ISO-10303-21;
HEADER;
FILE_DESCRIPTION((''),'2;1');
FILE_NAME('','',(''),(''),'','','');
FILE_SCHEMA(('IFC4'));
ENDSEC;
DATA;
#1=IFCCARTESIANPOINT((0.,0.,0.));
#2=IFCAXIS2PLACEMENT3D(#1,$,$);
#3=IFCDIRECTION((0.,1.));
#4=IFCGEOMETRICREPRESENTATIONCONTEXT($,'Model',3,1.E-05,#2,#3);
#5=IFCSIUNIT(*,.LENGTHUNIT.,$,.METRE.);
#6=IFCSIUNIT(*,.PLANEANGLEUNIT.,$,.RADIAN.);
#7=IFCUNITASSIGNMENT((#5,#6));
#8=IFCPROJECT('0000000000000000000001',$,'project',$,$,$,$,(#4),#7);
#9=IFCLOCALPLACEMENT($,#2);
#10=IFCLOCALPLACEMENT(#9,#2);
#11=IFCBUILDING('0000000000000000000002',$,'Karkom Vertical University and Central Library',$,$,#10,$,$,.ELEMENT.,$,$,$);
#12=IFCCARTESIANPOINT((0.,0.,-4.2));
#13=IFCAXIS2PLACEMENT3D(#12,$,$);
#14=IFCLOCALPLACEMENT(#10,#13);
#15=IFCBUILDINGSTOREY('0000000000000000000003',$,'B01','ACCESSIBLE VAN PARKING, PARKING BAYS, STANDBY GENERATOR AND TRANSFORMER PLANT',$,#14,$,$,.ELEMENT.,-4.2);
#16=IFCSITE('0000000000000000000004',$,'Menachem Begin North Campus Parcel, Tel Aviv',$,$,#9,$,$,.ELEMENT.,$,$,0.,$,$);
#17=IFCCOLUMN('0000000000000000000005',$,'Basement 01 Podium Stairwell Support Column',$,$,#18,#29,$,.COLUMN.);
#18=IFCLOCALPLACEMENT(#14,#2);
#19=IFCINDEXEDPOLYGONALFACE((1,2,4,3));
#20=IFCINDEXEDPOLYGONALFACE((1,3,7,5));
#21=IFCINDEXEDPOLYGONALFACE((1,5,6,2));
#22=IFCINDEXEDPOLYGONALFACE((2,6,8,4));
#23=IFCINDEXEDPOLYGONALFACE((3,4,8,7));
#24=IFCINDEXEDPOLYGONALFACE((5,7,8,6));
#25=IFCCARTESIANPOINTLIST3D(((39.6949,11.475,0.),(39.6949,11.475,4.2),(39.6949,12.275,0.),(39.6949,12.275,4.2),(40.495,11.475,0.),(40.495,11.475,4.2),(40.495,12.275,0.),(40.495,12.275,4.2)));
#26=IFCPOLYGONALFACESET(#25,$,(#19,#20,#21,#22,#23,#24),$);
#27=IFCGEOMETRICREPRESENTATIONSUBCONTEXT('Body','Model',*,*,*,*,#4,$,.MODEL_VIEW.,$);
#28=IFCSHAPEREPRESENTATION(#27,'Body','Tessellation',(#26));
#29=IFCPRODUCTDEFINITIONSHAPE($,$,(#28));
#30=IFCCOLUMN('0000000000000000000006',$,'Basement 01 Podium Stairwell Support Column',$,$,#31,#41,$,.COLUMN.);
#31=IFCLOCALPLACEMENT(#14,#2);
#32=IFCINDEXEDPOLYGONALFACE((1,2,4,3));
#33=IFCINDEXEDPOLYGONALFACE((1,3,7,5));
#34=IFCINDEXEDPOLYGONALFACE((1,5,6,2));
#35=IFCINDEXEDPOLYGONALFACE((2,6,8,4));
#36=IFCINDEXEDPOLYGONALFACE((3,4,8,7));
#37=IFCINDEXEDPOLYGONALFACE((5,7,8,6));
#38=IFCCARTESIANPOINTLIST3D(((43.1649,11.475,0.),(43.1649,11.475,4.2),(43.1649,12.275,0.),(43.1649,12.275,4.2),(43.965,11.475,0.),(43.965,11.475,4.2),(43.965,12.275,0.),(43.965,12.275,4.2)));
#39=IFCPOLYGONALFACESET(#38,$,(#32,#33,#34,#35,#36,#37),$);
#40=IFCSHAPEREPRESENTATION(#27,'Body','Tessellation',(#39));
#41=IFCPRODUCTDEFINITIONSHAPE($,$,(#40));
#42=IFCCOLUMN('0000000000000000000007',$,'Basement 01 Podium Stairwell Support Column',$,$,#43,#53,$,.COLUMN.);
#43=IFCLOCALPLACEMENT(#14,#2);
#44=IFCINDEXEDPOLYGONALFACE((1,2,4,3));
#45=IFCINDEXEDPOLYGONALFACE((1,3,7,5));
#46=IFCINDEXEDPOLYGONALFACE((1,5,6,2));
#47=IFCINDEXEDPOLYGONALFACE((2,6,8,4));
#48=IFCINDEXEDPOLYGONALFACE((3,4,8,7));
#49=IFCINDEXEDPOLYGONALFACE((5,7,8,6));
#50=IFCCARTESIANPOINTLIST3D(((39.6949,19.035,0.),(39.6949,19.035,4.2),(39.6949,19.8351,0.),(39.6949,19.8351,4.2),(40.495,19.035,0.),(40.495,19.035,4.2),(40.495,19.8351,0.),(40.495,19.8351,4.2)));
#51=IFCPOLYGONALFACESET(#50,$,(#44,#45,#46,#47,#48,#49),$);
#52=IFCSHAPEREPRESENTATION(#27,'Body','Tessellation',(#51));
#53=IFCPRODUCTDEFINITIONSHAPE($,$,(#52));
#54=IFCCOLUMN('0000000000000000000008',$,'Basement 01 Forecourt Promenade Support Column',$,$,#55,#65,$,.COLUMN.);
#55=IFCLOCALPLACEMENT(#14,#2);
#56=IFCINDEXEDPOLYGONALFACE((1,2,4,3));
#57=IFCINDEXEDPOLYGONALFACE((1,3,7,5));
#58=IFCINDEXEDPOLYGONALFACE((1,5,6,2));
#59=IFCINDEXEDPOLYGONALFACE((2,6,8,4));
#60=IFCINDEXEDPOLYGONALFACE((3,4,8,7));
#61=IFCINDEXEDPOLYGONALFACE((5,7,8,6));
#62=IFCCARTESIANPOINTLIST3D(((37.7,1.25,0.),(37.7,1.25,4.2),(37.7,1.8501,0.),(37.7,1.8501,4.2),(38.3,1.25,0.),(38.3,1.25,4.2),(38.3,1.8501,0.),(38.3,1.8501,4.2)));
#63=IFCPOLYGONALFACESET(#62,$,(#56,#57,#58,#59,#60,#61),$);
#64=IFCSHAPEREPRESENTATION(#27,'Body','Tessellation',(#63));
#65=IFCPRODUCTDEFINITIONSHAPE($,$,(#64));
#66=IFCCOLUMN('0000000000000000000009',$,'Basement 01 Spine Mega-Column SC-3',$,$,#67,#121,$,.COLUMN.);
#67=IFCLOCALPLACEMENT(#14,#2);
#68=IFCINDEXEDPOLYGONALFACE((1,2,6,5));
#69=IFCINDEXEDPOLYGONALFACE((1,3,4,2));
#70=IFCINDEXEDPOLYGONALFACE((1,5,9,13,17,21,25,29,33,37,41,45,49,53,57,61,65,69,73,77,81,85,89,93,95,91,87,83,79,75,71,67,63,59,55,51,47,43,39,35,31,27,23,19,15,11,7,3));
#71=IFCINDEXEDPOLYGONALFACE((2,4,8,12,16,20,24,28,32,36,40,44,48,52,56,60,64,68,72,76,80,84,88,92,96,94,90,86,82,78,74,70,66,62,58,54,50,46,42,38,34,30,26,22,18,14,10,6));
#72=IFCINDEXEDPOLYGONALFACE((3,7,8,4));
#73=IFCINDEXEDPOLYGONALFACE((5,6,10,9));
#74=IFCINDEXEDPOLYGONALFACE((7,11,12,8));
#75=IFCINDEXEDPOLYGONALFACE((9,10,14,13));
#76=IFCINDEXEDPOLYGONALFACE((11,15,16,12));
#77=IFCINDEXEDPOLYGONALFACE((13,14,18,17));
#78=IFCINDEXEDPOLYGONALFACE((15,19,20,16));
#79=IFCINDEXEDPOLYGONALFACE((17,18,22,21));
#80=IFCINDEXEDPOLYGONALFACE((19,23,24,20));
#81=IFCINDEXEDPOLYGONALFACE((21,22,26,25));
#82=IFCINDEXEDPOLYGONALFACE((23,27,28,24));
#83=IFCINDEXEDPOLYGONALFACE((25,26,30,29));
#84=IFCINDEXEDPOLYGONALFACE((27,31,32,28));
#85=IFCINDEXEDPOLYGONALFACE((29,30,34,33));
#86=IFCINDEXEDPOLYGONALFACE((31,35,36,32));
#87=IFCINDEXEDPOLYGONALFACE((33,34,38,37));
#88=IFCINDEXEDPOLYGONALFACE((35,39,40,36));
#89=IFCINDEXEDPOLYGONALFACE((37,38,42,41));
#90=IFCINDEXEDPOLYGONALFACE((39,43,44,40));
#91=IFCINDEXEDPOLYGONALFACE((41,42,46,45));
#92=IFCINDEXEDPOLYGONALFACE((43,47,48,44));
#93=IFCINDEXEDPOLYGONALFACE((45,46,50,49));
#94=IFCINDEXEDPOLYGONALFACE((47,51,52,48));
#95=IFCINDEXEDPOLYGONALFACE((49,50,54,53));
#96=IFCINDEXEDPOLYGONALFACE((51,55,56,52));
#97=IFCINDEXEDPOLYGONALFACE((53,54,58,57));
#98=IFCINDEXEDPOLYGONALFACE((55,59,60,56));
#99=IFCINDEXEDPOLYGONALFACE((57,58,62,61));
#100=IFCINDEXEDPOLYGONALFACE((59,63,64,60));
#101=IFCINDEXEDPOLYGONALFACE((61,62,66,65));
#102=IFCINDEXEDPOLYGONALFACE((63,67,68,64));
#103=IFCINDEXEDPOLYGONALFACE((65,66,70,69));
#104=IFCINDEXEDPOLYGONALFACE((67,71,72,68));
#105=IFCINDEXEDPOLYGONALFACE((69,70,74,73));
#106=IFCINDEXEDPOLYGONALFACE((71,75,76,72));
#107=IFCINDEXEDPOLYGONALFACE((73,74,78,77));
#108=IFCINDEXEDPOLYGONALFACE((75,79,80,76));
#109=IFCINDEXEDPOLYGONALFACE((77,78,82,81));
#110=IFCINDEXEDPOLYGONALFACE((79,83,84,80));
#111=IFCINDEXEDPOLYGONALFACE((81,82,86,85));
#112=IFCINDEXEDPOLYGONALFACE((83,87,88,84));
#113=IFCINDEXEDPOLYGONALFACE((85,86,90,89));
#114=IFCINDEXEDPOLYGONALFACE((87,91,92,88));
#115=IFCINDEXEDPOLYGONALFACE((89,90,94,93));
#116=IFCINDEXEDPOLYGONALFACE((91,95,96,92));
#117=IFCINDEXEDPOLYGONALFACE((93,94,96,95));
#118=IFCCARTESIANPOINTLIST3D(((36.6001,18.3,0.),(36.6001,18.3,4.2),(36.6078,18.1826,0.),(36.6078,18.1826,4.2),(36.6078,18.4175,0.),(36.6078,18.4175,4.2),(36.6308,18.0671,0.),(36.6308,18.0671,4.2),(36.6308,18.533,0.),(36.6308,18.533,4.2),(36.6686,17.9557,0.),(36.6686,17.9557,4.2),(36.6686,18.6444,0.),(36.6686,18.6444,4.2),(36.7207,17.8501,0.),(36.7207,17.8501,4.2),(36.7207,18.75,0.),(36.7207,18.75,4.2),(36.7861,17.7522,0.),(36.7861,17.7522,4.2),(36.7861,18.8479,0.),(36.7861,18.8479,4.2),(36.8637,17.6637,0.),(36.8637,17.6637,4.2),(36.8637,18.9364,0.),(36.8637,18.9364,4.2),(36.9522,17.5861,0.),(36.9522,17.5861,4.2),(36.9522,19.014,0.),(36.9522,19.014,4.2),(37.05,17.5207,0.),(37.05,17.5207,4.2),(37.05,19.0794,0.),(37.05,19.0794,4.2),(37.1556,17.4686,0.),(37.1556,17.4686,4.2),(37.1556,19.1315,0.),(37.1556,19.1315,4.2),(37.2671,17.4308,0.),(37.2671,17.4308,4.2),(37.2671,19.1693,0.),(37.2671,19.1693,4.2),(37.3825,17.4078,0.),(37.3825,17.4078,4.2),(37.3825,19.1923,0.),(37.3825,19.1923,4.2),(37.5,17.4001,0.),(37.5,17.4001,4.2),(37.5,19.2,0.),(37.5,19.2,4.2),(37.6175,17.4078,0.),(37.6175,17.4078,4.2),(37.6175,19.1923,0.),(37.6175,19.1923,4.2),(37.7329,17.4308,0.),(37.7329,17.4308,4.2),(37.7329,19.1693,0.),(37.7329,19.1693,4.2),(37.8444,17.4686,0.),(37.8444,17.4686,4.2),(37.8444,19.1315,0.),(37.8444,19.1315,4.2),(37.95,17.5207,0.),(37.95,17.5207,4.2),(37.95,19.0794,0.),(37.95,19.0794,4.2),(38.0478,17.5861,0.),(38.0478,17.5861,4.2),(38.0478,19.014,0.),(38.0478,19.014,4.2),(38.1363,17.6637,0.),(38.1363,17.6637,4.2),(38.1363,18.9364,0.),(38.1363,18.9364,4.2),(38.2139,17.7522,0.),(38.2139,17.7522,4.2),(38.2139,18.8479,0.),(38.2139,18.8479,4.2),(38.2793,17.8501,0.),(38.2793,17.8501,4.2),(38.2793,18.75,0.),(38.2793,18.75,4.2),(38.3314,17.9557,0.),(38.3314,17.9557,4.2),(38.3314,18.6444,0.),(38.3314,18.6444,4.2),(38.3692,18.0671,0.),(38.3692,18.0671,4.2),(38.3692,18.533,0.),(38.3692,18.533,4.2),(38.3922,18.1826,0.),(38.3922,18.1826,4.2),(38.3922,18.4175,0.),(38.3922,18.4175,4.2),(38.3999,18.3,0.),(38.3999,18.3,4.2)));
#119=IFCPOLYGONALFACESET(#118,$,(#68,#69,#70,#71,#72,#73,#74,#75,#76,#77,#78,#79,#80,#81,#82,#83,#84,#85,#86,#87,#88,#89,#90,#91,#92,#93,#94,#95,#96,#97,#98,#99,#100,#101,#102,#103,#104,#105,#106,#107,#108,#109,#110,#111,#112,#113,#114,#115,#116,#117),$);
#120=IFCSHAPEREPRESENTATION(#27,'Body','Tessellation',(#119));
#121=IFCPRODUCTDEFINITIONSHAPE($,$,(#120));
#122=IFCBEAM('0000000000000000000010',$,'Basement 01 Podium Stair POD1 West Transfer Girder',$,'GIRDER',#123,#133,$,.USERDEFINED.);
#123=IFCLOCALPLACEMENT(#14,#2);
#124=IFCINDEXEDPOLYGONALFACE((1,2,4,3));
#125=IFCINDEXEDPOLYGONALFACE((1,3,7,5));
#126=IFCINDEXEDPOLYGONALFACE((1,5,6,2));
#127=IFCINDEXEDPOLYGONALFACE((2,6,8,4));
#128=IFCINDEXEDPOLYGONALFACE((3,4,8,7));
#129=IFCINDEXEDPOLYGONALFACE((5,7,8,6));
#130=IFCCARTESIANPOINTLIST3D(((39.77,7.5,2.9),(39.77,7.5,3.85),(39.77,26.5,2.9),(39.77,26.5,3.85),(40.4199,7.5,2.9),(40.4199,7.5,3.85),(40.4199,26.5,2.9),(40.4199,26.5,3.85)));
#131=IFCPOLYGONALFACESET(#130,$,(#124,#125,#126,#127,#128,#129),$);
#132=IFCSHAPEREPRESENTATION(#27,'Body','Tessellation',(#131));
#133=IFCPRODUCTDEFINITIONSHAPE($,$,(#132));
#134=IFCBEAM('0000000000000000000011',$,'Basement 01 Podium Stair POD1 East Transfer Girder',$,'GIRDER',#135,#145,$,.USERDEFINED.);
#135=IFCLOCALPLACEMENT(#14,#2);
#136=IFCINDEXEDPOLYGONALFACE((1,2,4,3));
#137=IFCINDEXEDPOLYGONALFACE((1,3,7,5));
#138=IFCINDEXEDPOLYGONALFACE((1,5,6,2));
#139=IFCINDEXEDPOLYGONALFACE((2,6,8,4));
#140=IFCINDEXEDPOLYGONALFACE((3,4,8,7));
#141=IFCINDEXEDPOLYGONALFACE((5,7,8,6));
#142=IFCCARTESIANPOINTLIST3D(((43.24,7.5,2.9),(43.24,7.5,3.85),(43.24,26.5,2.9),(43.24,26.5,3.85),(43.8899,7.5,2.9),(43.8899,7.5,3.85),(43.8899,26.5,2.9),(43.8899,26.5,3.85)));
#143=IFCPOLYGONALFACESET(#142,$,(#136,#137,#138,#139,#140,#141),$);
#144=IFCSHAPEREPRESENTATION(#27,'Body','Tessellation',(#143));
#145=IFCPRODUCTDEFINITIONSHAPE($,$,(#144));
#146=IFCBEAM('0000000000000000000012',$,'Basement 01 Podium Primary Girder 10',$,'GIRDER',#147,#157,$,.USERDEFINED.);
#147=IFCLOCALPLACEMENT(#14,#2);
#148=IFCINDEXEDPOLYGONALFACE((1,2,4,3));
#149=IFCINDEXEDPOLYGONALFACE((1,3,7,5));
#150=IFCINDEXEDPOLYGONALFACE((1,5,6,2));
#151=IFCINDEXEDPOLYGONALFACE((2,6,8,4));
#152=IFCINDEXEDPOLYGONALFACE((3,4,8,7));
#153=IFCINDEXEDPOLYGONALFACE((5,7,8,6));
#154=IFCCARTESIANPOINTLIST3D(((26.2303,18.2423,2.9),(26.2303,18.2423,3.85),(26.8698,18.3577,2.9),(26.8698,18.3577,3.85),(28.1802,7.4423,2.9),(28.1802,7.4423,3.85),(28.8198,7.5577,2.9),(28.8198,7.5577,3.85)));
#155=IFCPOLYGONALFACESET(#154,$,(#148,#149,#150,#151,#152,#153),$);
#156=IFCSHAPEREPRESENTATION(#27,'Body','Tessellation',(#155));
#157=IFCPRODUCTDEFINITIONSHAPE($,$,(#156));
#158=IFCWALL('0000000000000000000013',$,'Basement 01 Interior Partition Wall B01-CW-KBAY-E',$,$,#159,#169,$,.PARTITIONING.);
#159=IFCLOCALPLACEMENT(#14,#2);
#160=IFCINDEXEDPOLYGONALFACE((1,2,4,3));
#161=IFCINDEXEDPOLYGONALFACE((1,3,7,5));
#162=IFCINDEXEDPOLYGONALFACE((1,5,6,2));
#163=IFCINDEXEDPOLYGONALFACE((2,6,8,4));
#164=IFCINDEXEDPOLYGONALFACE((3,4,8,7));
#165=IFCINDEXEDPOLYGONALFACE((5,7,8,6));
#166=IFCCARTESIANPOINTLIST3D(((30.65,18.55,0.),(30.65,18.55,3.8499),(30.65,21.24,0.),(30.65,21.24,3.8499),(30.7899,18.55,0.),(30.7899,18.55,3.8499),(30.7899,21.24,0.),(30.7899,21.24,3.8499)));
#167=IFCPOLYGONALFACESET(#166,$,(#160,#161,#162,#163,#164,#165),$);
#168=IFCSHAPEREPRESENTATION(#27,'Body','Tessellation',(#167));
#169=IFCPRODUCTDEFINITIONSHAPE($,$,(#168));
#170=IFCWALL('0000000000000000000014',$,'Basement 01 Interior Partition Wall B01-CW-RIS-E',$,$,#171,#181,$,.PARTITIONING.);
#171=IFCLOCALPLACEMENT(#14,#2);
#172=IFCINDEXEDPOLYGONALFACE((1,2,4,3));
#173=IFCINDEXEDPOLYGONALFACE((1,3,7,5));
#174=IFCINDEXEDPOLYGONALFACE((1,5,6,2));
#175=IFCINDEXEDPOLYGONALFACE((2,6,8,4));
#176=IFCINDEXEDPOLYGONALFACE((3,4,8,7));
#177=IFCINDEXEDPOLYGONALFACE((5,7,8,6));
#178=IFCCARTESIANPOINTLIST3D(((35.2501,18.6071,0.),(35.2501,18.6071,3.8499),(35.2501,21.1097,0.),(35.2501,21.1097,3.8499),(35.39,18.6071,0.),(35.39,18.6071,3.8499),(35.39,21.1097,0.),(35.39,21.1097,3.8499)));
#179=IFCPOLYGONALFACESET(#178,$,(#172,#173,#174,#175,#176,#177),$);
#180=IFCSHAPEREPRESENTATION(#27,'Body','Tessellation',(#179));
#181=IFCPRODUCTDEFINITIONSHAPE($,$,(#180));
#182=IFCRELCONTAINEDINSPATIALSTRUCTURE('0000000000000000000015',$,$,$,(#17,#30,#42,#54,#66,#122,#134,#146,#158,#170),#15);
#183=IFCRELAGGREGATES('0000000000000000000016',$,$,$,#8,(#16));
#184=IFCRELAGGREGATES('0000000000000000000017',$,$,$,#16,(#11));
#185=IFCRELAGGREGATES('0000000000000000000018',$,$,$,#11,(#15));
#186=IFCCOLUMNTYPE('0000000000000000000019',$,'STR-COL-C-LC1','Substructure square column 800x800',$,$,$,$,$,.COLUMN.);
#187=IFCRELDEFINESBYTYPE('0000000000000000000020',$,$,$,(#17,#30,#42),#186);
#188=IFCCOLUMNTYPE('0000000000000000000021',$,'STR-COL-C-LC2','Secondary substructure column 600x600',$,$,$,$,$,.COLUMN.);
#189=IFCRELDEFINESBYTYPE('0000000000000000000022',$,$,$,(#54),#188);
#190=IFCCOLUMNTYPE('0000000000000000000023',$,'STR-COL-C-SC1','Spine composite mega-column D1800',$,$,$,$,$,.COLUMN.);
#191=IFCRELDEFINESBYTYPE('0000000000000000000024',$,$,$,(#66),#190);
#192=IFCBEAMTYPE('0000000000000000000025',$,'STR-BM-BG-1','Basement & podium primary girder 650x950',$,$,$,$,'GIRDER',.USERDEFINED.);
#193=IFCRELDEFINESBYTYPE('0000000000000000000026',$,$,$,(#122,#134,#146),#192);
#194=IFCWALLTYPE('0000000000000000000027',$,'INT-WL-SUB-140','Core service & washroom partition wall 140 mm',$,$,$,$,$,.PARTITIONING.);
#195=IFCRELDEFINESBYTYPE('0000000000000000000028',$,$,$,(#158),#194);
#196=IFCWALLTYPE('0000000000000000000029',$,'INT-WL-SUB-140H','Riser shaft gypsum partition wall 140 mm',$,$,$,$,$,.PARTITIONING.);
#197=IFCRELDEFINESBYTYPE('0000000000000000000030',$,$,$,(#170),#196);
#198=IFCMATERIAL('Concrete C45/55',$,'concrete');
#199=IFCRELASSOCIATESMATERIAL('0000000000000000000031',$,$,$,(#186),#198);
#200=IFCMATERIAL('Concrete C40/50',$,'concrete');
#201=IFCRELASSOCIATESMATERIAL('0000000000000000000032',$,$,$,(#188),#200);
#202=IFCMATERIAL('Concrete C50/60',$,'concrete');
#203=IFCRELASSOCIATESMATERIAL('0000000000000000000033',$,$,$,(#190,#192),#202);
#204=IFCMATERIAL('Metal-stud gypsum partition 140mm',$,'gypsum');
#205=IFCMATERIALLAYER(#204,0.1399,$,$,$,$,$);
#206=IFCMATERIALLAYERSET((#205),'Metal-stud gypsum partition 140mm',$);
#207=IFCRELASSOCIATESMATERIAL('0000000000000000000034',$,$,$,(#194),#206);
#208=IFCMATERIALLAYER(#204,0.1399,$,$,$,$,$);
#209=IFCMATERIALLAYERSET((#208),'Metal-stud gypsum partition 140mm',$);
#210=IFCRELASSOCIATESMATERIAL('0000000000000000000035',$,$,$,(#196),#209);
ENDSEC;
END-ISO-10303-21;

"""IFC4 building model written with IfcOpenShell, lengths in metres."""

from ifc_helpers import new_model, si_unit, direction, frame, frame_2d, origin, origin_with_axes, origin_2d, place, context, subcontext, project, spatial, rectangle, circle, extrude, source, transform, mapped, material, layer, layer_set, material_profile, profile_set, type_object, element, save


model = new_model("IFC4")

# Units and contexts
model_context = context("Model", 3, precision=1e-05, world=origin(), true_north=direction((0.0, 1.0)))
body_context = subcontext(model_context, "Body", "Model", "MODEL_VIEW")
ifc_project = project(units=[si_unit("LENGTHUNIT", "METRE"), si_unit("PLANEANGLEUNIT", "RADIAN")], contexts=[model_context])

# Site, building, storey
site_placement = place(None, origin())
site = spatial("IfcSite", under=ifc_project, at=site_placement, Name="Menachem Begin North Campus Parcel, Tel Aviv", CompositionType="ELEMENT", RefElevation=0.0)
building_placement = place(site_placement, origin())
building = spatial("IfcBuilding", under=site, at=building_placement, Name="Karkom Vertical University and Central Library", CompositionType="ELEMENT")
storey_placement = place(building_placement, frame((0.0, 0.0, -4.2)))
storey = spatial("IfcBuildingStorey", under=building, at=storey_placement, Name="B01", Description="ACCESSIBLE VAN PARKING, PARKING BAYS, STANDBY GENERATOR AND TRANSFORMER PLANT", CompositionType="ELEMENT", Elevation=-4.2)

# Columns
ifc_material_1 = material(Name="Concrete C45/55", Category="concrete")
ifc_material_profile_1 = material_profile(ifc_material_1, rectangle(XDim=0.8, YDim=0.8, at=origin_2d()), Name="RC-800x800")
ifc_profile_set_1 = profile_set([ifc_material_profile_1], Name="Concrete C45/55")
column_type_1 = type_object("IfcColumnType", Name="STR-COL-C-LC1", Description="Substructure square column 800x800", PredefinedType="COLUMN", material=ifc_profile_set_1)
shared_shape_1 = source(origin_with_axes(), body_context, "Body", "SweptSolid", [
    extrude(rectangle(XDim=0.8, YDim=0.8, at=origin_2d()), origin(), (0.0, 0.0, 1.0), 4.2),
])
for number, where, z_axis, x_axis, name in (
    (1, (40.095, 11.875, 0.0), (0.0, 0.0, 1.0), (1.0, 0.0, 0.0), "Basement 01 Podium Stairwell Support Column"),
    (2, (43.5649, 11.875, 0.0), (0.0, 0.0, 1.0), (1.0, 0.0, 0.0), "Basement 01 Podium Stairwell Support Column"),
    (3, (40.095, 19.4351, 0.0), (0.0, 0.0, 1.0), (1.0, 0.0, 0.0), "Basement 01 Podium Stairwell Support Column"),
):
    element("IfcColumn", number, at=place(storey_placement, frame(where, z_axis=z_axis, x_axis=x_axis)), inside=storey, type_object=column_type_1, Name=name, PredefinedType="COLUMN", context=body_context, shape_type="MappedRepresentation", body=[
        mapped(shared_shape_1, transform((0.0, 0.0, 0.0), scale=1.0)),
    ])
ifc_material_2 = material(Name="Concrete C40/50", Category="concrete")
ifc_material_profile_2 = material_profile(ifc_material_2, rectangle(XDim=0.6001, YDim=0.6001, at=origin_2d()), Name="RC-600x600")
ifc_profile_set_2 = profile_set([ifc_material_profile_2], Name="Concrete C40/50")
column_type_2 = type_object("IfcColumnType", Name="STR-COL-C-LC2", Description="Secondary substructure column 600x600", PredefinedType="COLUMN", material=ifc_profile_set_2)
shared_shape_2 = source(origin_with_axes(), body_context, "Body", "SweptSolid", [
    extrude(rectangle(XDim=0.6001, YDim=0.6001, at=origin_2d()), origin(), (0.0, 0.0, 1.0), 4.2),
])
column_1_placement = place(storey_placement, frame((38.0, 1.55, 0.0), z_axis=(0.0, 0.0, 1.0), x_axis=(1.0, 0.0, 0.0)))
element("IfcColumn", 4, at=column_1_placement, inside=storey, type_object=column_type_2, Name="Basement 01 Forecourt Promenade Support Column", PredefinedType="COLUMN", context=body_context, shape_type="MappedRepresentation", body=[
    mapped(shared_shape_2, transform((0.0, 0.0, 0.0), scale=1.0)),
])
ifc_material_3 = material(Name="Concrete C50/60", Category="concrete")
ifc_material_profile_3 = material_profile(ifc_material_3, circle(Radius=0.8999, at=origin_2d()), Name="CFT-D1800")
ifc_profile_set_3 = profile_set([ifc_material_profile_3], Name="Concrete C50/60")
column_type_3 = type_object("IfcColumnType", Name="STR-COL-C-SC1", Description="Spine composite mega-column D1800", PredefinedType="COLUMN", material=ifc_profile_set_3)
shared_shape_3 = source(origin_with_axes(), body_context, "Body", "SweptSolid", [
    extrude(circle(Radius=0.8999, at=origin_2d()), origin(), (0.0, 0.0, 1.0), 4.2),
])
column_2_placement = place(storey_placement, frame((37.5, 18.3, 0.0), z_axis=(0.0, 0.0, 1.0), x_axis=(1.0, 0.0, 0.0)))
element("IfcColumn", 5, at=column_2_placement, inside=storey, type_object=column_type_3, Name="Basement 01 Spine Mega-Column SC-3", PredefinedType="COLUMN", context=body_context, shape_type="MappedRepresentation", body=[
    mapped(shared_shape_3, transform((0.0, 0.0, 0.0), scale=1.0)),
])

# Beams
ifc_material_profile_4 = material_profile(ifc_material_3, rectangle(XDim=0.6499, YDim=0.95, at=origin_2d()), Name="RCG-650x950")
ifc_profile_set_4 = profile_set([ifc_material_profile_4], Name="Concrete C50/60")
beam_type = type_object("IfcBeamType", Name="STR-BM-BG-1", Description="Basement & podium primary girder 650x950", ElementType="GIRDER", PredefinedType="USERDEFINED", material=ifc_profile_set_4)
shared_shape_4 = source(origin_with_axes(), body_context, "Body", "SweptSolid", [
    extrude(rectangle(XDim=0.6499, YDim=0.95, at=origin_2d()), origin(), (0.0, 0.0, 1.0), 19.0),
])
for number, where, z_axis, x_axis, name in (
    (6, (40.095, 7.5, 3.375), (0.0, 1.0, 0.0), (-1.0, 0.0, 0.0), "Basement 01 Podium Stair POD1 West Transfer Girder"),
    (7, (43.5649, 7.5, 3.375), (0.0, 1.0, 0.0), (-1.0, 0.0, 0.0), "Basement 01 Podium Stair POD1 East Transfer Girder"),
):
    element("IfcBeam", number, at=place(storey_placement, frame(where, z_axis=z_axis, x_axis=x_axis)), inside=storey, type_object=beam_type, Name=name, ObjectType="GIRDER", PredefinedType="USERDEFINED", context=body_context, shape_type="MappedRepresentation", body=[
        mapped(shared_shape_4, transform((0.0, 0.0, 0.0), scale=1.0)),
    ])
shared_shape_5 = source(origin_with_axes(), body_context, "Body", "SweptSolid", [
    extrude(rectangle(XDim=0.6499, YDim=0.95, at=origin_2d()), origin(), (0.0, 0.0, 1.0), 10.9746),
])
beam_placement = place(storey_placement, frame((28.5, 7.5, 3.375), z_axis=(-0.177677, 0.984089, 0.0), x_axis=(-0.984089, -0.177677, 0.0)))
element("IfcBeam", 8, at=beam_placement, inside=storey, type_object=beam_type, Name="Basement 01 Podium Primary Girder 10", ObjectType="GIRDER", PredefinedType="USERDEFINED", context=body_context, shape_type="MappedRepresentation", body=[
    mapped(shared_shape_5, transform((0.0, 0.0, 0.0), scale=1.0)),
])

# Walls
ifc_material_4 = material(Name="Metal-stud gypsum partition 140mm", Category="gypsum")
ifc_layer_1 = layer(ifc_material_4, 0.1399)
ifc_layer_set_1 = layer_set([ifc_layer_1], Name="Metal-stud gypsum partition 140mm")
wall_type_1 = type_object("IfcWallType", Name="INT-WL-SUB-140", Description="Core service & washroom partition wall 140 mm", PredefinedType="PARTITIONING", material=ifc_layer_set_1)
wall_1_placement = place(storey_placement, frame((30.72, 18.55, 0.0), z_axis=(0.0, 0.0, 1.0), x_axis=(0.0, 1.0, 0.0)))
element("IfcWall", 9, at=wall_1_placement, inside=storey, type_object=wall_type_1, Name="Basement 01 Interior Partition Wall B01-CW-KBAY-E", PredefinedType="PARTITIONING", context=body_context, shape_type="SweptSolid", body=[
    extrude(rectangle(XDim=2.6899, YDim=0.1399, at=frame_2d((1.345, 0.0))), origin(), (0.0, 0.0, 1.0), 3.8499),
])
ifc_layer_2 = layer(ifc_material_4, 0.1399)
ifc_layer_set_2 = layer_set([ifc_layer_2], Name="Metal-stud gypsum partition 140mm")
wall_type_2 = type_object("IfcWallType", Name="INT-WL-SUB-140H", Description="Riser shaft gypsum partition wall 140 mm", PredefinedType="PARTITIONING", material=ifc_layer_set_2)
wall_2_placement = place(storey_placement, frame((35.3201, 18.6069, 0.0), z_axis=(0.0, 0.0, 1.0), x_axis=(0.0, 1.0, 0.0)))
element("IfcWall", 10, at=wall_2_placement, inside=storey, type_object=wall_type_2, Name="Basement 01 Interior Partition Wall B01-CW-RIS-E", PredefinedType="PARTITIONING", context=body_context, shape_type="SweptSolid", body=[
    extrude(rectangle(XDim=2.5027, YDim=0.1399, at=frame_2d((1.2515, 0.0))), origin(), (0.0, 0.0, 1.0), 3.8499),
])

save(model, "model.ifc")
